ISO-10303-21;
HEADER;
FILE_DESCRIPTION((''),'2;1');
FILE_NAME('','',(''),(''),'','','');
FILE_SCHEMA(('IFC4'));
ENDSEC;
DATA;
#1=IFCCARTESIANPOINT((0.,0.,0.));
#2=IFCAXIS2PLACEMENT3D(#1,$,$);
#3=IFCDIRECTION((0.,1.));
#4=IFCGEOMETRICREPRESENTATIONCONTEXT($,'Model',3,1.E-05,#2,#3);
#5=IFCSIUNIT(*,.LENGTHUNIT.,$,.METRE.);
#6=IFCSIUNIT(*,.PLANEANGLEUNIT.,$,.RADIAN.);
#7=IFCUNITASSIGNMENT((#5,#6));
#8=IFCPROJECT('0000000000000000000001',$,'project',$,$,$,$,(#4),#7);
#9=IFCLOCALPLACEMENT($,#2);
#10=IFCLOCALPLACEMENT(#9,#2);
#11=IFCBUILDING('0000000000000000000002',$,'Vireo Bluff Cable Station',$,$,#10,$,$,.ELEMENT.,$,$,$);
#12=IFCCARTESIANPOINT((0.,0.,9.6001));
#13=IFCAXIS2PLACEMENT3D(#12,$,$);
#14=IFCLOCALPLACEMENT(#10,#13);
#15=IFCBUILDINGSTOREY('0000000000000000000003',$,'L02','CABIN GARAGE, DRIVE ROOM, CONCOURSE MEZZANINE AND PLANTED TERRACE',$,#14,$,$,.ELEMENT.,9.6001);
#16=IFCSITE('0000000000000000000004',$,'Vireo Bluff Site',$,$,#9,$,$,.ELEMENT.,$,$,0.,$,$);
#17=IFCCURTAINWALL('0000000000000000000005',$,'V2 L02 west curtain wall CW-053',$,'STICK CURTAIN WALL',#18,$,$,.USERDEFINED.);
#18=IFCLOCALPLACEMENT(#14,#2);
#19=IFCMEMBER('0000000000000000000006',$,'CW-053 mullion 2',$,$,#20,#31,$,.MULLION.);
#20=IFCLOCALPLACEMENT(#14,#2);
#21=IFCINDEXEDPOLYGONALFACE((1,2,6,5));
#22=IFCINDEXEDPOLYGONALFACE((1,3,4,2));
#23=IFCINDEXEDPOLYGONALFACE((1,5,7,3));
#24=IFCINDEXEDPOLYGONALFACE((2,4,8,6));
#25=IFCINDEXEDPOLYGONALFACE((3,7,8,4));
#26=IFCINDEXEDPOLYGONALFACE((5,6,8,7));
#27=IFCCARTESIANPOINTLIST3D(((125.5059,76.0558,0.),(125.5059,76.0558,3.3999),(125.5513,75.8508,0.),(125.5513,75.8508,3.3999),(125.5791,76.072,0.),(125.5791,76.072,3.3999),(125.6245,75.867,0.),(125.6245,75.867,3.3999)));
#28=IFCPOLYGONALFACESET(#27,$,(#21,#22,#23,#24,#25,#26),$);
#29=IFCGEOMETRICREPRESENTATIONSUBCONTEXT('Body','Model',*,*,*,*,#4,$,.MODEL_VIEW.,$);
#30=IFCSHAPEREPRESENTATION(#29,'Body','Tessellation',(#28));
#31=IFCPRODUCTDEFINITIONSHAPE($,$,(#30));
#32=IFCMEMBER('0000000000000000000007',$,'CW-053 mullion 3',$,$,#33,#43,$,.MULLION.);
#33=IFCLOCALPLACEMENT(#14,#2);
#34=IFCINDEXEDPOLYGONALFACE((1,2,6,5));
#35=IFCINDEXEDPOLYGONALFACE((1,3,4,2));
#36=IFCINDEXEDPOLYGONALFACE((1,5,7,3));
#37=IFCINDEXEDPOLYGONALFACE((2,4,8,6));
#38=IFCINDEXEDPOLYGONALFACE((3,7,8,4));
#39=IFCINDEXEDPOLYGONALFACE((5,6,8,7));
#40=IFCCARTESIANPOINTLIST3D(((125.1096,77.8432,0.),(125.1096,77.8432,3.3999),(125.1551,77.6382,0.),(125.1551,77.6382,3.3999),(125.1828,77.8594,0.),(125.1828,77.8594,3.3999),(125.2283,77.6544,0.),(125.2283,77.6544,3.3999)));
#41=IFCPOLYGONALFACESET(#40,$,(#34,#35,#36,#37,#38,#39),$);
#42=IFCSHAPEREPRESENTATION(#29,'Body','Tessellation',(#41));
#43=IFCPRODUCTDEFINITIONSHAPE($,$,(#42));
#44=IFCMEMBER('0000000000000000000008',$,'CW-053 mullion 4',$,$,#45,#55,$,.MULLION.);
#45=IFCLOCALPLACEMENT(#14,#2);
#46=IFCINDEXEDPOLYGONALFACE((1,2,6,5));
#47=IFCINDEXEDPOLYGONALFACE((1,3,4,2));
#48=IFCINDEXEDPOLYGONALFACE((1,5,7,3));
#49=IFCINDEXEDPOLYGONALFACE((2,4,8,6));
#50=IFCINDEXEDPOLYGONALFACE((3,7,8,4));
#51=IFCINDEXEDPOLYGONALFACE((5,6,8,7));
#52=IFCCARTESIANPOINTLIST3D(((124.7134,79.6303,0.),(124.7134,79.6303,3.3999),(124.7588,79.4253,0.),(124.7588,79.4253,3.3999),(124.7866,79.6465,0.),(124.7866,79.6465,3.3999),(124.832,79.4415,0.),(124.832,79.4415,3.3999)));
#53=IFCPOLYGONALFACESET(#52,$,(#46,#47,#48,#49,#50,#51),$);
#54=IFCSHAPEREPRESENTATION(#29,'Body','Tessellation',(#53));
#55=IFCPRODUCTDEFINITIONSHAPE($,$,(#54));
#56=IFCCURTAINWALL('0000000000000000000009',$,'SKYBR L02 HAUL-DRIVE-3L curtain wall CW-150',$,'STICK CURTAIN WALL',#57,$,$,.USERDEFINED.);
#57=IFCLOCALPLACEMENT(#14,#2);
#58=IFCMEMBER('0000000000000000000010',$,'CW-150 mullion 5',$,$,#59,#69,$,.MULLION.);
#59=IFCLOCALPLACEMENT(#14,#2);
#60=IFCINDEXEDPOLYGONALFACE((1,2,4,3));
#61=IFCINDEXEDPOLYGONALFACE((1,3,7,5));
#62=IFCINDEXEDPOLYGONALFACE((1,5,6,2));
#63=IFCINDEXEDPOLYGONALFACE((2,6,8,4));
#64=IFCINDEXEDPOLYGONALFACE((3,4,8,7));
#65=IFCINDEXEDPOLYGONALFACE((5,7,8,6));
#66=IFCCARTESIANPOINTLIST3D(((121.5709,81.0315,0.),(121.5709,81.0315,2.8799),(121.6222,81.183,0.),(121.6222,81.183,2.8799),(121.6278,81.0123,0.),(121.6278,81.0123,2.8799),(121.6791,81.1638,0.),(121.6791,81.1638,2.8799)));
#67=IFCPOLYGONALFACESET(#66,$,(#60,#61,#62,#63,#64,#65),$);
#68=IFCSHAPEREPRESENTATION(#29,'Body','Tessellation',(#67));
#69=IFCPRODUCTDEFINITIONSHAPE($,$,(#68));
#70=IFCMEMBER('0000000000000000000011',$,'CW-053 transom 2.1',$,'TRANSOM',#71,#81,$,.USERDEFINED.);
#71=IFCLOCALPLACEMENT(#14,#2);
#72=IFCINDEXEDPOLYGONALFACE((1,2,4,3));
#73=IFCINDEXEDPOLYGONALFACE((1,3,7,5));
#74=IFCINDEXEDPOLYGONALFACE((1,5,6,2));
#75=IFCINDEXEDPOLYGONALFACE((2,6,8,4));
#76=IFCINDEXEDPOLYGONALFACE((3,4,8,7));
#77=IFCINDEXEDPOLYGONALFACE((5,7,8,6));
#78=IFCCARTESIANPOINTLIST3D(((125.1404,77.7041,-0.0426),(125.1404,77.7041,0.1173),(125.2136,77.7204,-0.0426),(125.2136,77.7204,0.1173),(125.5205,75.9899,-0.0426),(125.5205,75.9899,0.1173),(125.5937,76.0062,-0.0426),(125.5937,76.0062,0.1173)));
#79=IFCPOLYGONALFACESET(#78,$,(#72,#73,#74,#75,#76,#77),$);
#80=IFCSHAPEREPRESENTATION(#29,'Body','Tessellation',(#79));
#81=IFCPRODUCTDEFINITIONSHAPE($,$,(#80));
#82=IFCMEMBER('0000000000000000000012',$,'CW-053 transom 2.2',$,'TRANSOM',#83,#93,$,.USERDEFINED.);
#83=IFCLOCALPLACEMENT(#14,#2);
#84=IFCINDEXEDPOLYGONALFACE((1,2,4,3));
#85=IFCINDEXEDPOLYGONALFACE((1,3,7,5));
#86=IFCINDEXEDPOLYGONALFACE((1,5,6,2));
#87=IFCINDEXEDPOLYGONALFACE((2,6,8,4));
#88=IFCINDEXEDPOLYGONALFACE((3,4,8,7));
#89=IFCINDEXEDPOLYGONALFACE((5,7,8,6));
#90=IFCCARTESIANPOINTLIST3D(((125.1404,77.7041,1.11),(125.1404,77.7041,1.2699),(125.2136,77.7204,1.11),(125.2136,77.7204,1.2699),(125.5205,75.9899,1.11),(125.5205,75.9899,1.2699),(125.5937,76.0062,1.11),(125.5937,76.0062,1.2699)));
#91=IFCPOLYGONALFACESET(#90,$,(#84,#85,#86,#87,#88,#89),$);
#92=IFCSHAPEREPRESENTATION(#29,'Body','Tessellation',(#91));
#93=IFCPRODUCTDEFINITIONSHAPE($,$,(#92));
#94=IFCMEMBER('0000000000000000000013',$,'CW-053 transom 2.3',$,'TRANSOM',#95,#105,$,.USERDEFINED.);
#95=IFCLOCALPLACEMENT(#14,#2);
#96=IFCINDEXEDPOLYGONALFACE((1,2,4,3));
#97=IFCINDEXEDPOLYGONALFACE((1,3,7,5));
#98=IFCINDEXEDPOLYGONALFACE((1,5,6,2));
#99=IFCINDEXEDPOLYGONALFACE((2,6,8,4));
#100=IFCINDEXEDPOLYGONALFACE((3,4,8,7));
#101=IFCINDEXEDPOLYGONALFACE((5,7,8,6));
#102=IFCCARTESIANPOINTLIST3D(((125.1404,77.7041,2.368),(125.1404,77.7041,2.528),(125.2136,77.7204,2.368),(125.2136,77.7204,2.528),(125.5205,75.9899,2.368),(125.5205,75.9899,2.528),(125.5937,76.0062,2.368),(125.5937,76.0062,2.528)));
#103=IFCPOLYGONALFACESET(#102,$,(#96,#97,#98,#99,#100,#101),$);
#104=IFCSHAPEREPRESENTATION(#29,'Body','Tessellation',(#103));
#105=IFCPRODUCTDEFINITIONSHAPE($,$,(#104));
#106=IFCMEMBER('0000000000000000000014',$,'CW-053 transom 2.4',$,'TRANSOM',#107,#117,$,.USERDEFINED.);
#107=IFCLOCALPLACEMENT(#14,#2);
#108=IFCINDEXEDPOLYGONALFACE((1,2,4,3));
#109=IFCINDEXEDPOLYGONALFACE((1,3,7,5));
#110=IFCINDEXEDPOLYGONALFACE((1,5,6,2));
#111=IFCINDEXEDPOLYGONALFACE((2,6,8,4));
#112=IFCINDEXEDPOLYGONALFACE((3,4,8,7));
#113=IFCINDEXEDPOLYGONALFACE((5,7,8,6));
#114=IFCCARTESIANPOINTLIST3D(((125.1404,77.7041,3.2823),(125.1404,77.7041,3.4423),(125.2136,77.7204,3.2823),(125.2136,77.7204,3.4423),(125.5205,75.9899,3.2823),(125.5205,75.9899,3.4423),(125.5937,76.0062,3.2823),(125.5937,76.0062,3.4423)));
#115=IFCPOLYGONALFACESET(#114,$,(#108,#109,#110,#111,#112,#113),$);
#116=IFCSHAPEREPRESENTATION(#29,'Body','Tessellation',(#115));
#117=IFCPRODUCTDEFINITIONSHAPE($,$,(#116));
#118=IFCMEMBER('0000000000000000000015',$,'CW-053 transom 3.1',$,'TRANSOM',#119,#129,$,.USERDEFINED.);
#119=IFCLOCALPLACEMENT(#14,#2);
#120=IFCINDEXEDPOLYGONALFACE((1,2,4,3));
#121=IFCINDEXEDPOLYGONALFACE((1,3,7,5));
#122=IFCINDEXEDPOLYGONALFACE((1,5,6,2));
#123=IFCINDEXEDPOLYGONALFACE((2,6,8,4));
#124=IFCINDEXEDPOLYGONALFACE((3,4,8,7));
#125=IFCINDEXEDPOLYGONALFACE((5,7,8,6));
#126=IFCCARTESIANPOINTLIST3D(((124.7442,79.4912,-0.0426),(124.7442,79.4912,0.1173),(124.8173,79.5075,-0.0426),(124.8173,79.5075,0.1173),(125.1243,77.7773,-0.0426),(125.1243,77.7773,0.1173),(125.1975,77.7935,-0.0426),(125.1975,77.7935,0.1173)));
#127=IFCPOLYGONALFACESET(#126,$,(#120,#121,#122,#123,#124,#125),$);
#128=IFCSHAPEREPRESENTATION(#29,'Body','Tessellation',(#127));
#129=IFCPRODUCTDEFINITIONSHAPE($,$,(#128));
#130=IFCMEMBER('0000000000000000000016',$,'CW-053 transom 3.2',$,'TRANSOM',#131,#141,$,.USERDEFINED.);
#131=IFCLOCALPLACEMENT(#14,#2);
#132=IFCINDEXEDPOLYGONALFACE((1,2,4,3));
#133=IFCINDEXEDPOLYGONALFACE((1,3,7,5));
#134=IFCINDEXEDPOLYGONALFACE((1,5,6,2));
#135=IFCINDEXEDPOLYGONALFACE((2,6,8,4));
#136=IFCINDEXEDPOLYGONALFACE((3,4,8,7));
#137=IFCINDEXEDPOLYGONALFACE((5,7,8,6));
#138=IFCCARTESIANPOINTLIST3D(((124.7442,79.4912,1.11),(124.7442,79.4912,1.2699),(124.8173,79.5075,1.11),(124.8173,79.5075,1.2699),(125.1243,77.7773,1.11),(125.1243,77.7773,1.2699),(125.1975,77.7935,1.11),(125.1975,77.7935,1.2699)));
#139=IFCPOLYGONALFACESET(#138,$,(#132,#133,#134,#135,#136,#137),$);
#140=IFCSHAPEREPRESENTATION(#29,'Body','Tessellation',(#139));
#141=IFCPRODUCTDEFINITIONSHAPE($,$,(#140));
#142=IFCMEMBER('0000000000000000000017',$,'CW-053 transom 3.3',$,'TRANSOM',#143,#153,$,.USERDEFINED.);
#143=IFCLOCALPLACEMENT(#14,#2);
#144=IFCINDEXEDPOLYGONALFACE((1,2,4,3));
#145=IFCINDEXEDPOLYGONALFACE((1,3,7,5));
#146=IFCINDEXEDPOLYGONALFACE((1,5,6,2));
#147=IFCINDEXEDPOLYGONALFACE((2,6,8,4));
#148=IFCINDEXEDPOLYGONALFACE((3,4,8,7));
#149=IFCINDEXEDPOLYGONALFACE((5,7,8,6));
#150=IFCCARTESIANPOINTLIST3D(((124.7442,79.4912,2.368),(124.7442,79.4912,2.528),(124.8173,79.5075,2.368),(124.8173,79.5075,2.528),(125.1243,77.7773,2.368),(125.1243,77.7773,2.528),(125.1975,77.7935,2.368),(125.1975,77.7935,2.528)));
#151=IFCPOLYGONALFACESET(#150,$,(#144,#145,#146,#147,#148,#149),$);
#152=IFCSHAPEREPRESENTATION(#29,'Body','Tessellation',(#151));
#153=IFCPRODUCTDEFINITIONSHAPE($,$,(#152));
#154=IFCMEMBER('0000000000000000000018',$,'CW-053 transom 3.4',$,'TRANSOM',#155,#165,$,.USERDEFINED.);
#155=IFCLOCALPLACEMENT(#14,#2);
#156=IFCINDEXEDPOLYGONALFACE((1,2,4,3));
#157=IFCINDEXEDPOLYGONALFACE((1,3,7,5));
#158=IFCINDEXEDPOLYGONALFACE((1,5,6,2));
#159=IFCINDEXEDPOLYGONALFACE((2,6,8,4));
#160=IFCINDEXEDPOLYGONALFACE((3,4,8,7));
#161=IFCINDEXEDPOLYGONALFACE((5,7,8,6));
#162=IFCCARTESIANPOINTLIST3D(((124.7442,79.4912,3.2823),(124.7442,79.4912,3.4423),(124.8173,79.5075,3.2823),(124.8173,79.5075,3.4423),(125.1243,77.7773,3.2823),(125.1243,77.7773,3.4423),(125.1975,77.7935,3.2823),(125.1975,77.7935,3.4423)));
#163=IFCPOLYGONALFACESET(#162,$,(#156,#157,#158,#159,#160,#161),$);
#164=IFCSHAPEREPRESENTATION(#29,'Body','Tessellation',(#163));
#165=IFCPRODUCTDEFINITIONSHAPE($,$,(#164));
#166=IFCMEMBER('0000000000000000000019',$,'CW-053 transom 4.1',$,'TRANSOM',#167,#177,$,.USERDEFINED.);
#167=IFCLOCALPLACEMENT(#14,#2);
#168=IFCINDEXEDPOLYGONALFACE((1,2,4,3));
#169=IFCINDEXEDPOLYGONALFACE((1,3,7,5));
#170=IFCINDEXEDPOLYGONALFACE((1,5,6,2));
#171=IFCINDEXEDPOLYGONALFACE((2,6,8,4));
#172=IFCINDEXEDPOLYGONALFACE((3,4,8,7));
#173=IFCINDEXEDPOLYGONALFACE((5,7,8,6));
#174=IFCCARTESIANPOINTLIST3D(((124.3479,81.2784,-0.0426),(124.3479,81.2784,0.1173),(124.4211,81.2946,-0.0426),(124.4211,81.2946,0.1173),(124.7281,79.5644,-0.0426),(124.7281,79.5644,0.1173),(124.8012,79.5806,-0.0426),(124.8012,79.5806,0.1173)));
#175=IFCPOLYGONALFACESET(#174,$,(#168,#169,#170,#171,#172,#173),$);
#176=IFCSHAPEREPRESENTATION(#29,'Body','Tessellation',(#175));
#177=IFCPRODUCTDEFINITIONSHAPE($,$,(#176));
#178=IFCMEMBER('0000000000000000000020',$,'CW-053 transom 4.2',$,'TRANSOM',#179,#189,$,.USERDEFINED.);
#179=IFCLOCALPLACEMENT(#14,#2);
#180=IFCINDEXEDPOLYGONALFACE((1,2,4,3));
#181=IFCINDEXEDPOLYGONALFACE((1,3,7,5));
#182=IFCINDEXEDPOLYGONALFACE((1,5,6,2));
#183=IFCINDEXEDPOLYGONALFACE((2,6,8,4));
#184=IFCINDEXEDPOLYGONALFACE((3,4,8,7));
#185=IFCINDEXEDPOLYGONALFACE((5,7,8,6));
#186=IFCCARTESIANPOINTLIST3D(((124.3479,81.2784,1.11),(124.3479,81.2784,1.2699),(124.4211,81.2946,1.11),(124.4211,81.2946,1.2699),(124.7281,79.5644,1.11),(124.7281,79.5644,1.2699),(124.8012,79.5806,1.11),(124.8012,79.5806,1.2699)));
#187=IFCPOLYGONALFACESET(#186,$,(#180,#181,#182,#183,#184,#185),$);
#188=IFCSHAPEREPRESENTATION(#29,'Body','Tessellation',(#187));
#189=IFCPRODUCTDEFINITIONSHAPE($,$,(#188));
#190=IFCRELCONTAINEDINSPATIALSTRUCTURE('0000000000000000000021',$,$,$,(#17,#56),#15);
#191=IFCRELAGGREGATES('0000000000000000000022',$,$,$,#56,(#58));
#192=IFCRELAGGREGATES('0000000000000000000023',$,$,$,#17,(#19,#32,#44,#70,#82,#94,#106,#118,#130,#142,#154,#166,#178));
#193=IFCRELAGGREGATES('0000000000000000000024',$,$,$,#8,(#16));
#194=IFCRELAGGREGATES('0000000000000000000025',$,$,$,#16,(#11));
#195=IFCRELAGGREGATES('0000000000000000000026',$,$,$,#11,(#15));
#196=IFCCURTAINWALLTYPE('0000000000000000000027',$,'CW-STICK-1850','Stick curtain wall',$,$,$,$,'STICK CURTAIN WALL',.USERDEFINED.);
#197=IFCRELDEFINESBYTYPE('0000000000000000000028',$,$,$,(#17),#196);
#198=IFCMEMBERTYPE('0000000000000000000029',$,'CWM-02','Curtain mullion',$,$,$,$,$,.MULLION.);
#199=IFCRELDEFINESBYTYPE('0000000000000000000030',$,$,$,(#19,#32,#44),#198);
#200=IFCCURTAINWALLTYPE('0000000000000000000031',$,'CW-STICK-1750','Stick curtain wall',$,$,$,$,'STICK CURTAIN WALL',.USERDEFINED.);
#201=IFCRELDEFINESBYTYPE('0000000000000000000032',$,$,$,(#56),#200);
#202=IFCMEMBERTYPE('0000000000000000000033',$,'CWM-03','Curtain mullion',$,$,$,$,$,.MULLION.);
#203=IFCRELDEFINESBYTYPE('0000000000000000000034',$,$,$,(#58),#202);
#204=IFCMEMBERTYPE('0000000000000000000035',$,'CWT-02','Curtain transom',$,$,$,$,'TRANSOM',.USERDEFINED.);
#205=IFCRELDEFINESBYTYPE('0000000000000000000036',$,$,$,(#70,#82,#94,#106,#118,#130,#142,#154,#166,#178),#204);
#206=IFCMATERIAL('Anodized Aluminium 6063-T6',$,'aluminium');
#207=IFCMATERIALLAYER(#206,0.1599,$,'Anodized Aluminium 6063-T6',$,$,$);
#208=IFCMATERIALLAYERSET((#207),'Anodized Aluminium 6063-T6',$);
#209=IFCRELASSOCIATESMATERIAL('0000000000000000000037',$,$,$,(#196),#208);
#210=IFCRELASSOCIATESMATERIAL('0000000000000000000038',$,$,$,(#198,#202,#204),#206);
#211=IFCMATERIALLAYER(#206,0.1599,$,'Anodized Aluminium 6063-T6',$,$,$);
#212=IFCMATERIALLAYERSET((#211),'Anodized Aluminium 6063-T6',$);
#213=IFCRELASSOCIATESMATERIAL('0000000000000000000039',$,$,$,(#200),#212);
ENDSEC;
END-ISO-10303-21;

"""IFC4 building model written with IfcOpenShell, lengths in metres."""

from ifc_helpers import new_model, si_unit, direction, frame, origin, origin_2d, place, context, subcontext, project, spatial, rectangle, extrude, material, layer, layer_set, material_profile, profile_set, type_object, element, aggregate, save


model = new_model("IFC4")

# Units and contexts
model_context = context("Model", 3, precision=1e-05, world=origin(), true_north=direction((0.0, 1.0)))
body_context = subcontext(model_context, "Body", "Model", "MODEL_VIEW")
ifc_project = project(units=[si_unit("LENGTHUNIT", "METRE"), si_unit("PLANEANGLEUNIT", "RADIAN")], contexts=[model_context])

# Site, building, storey
site_placement = place(None, origin())
site = spatial("IfcSite", under=ifc_project, at=site_placement, Name="Vireo Bluff Site", CompositionType="ELEMENT", RefElevation=0.0)
building_placement = place(site_placement, origin())
building = spatial("IfcBuilding", under=site, at=building_placement, Name="Vireo Bluff Cable Station", CompositionType="ELEMENT")
storey_placement = place(building_placement, frame((0.0, 0.0, 9.6001)))
storey = spatial("IfcBuildingStorey", under=building, at=storey_placement, Name="L02", Description="CABIN GARAGE, DRIVE ROOM, CONCOURSE MEZZANINE AND PLANTED TERRACE", CompositionType="ELEMENT", Elevation=9.6001)

# Curtain wall, members
ifc_material_1 = material(Name="Anodized Aluminium 6063-T6", Category="aluminium")
ifc_layer_1 = layer(ifc_material_1, 0.1599, Name="Anodized Aluminium 6063-T6")
ifc_layer_set_1 = layer_set([ifc_layer_1], Name="Anodized Aluminium 6063-T6")
curtain_wall_type_1 = type_object("IfcCurtainWallType", Name="CW-STICK-1850", Description="Stick curtain wall", ElementType="STICK CURTAIN WALL", PredefinedType="USERDEFINED", material=ifc_layer_set_1)
curtain_wall_1_placement = place(storey_placement, origin())
curtain_wall_1 = element("IfcCurtainWall", 1, at=curtain_wall_1_placement, inside=storey, type_object=curtain_wall_type_1, Name="V2 L02 west curtain wall CW-053", ObjectType="STICK CURTAIN WALL", PredefinedType="USERDEFINED")
ifc_material_profile_1 = material_profile(ifc_material_1, rectangle(XDim=0.075, YDim=0.21, at=origin_2d()), Name="ALU-M-75X210")
ifc_profile_set_1 = profile_set([ifc_material_profile_1], Name="Anodized Aluminium 6063-T6")
member_type_1 = type_object("IfcMemberType", Name="CWM-02", Description="Curtain mullion", PredefinedType="MULLION", material=ifc_profile_set_1)
member_1_placement = place(storey_placement, frame((125.5652, 75.9614, 0.0), z_axis=(0.0, 0.0, 1.0), x_axis=(-0.976296, -0.21644, 0.0)))
member_1 = element("IfcMember", 2, at=member_1_placement, type_object=member_type_1, Name="CW-053 mullion 2", PredefinedType="MULLION", context=body_context, shape_type="SweptSolid", body=[
    extrude(rectangle(XDim=0.075, YDim=0.21, at=origin_2d()), origin(), (0.0, 0.0, 1.0), 3.3999),
])
member_2_placement = place(storey_placement, frame((125.1689, 77.7488, 0.0), z_axis=(0.0, 0.0, 1.0), x_axis=(-0.976296, -0.21644, 0.0)))
member_2 = element("IfcMember", 3, at=member_2_placement, type_object=member_type_1, Name="CW-053 mullion 3", PredefinedType="MULLION", context=body_context, shape_type="SweptSolid", body=[
    extrude(rectangle(XDim=0.075, YDim=0.21, at=origin_2d()), origin(), (0.0, 0.0, 1.0), 3.3999),
])
member_3_placement = place(storey_placement, frame((124.7727, 79.5359, 0.0), z_axis=(0.0, 0.0, 1.0), x_axis=(-0.976296, -0.21644, 0.0)))
member_3 = element("IfcMember", 4, at=member_3_placement, type_object=member_type_1, Name="CW-053 mullion 4", PredefinedType="MULLION", context=body_context, shape_type="SweptSolid", body=[
    extrude(rectangle(XDim=0.075, YDim=0.21, at=origin_2d()), origin(), (0.0, 0.0, 1.0), 3.3999),
])

# Curtain wall, member
ifc_layer_2 = layer(ifc_material_1, 0.1599, Name="Anodized Aluminium 6063-T6")
ifc_layer_set_2 = layer_set([ifc_layer_2], Name="Anodized Aluminium 6063-T6")
curtain_wall_type_2 = type_object("IfcCurtainWallType", Name="CW-STICK-1750", Description="Stick curtain wall", ElementType="STICK CURTAIN WALL", PredefinedType="USERDEFINED", material=ifc_layer_set_2)
curtain_wall_2_placement = place(storey_placement, origin())
curtain_wall_2 = element("IfcCurtainWall", 5, at=curtain_wall_2_placement, inside=storey, type_object=curtain_wall_type_2, Name="SKYBR L02 HAUL-DRIVE-3L curtain wall CW-150", ObjectType="STICK CURTAIN WALL", PredefinedType="USERDEFINED")
ifc_material_profile_2 = material_profile(ifc_material_1, rectangle(XDim=0.0601, YDim=0.1599, at=origin_2d()), Name="ALU-M-60X160")
ifc_profile_set_2 = profile_set([ifc_material_profile_2], Name="Anodized Aluminium 6063-T6")
member_type_2 = type_object("IfcMemberType", Name="CWM-03", Description="Curtain mullion", PredefinedType="MULLION", material=ifc_profile_set_2)
member_4_placement = place(storey_placement, frame((121.625, 81.0977, 0.0), z_axis=(0.0, 0.0, 1.0), x_axis=(-0.947298, 0.320354, 0.0)))
member_4 = element("IfcMember", 6, at=member_4_placement, type_object=member_type_2, Name="CW-150 mullion 5", PredefinedType="MULLION", context=body_context, shape_type="SweptSolid", body=[
    extrude(rectangle(XDim=0.0601, YDim=0.1599, at=origin_2d()), origin(), (0.0, 0.0, 1.0), 2.8799),
])
aggregate(curtain_wall_2, [member_4])

# Members
ifc_material_profile_3 = material_profile(ifc_material_1, rectangle(XDim=0.075, YDim=0.1599, at=origin_2d()), Name="ALU-T-75X160")
ifc_profile_set_3 = profile_set([ifc_material_profile_3], Name="Anodized Aluminium 6063-T6")
member_type_3 = type_object("IfcMemberType", Name="CWT-02", Description="Curtain transom", ElementType="TRANSOM", PredefinedType="USERDEFINED", material=ifc_profile_set_3)
member_5_placement = place(storey_placement, frame((125.5571, 75.998, 0.0374), z_axis=(-0.216503, 0.976282, 0.0), x_axis=(-0.976282, -0.216503, 0.0)))
member_5 = element("IfcMember", 7, at=member_5_placement, type_object=member_type_3, Name="CW-053 transom 2.1", ObjectType="TRANSOM", PredefinedType="USERDEFINED", context=body_context, shape_type="SweptSolid", body=[
    extrude(rectangle(XDim=0.075, YDim=0.1599, at=origin_2d()), origin(), (0.0, 0.0, 1.0), 1.7559),
])
member_6_placement = place(storey_placement, frame((125.5571, 75.998, 1.1899), z_axis=(-0.216503, 0.976282, 0.0), x_axis=(-0.976282, -0.216503, 0.0)))
member_6 = element("IfcMember", 8, at=member_6_placement, type_object=member_type_3, Name="CW-053 transom 2.2", ObjectType="TRANSOM", PredefinedType="USERDEFINED", context=body_context, shape_type="SweptSolid", body=[
    extrude(rectangle(XDim=0.075, YDim=0.1599, at=origin_2d()), origin(), (0.0, 0.0, 1.0), 1.7559),
])
member_7_placement = place(storey_placement, frame((125.5571, 75.998, 2.448), z_axis=(-0.216503, 0.976282, 0.0), x_axis=(-0.976282, -0.216503, 0.0)))
member_7 = element("IfcMember", 9, at=member_7_placement, type_object=member_type_3, Name="CW-053 transom 2.3", ObjectType="TRANSOM", PredefinedType="USERDEFINED", context=body_context, shape_type="SweptSolid", body=[
    extrude(rectangle(XDim=0.075, YDim=0.1599, at=origin_2d()), origin(), (0.0, 0.0, 1.0), 1.7559),
])
member_8_placement = place(storey_placement, frame((125.5571, 75.998, 3.3623), z_axis=(-0.216503, 0.976282, 0.0), x_axis=(-0.976282, -0.216503, 0.0)))
member_8 = element("IfcMember", 10, at=member_8_placement, type_object=member_type_3, Name="CW-053 transom 2.4", ObjectType="TRANSOM", PredefinedType="USERDEFINED", context=body_context, shape_type="SweptSolid", body=[
    extrude(rectangle(XDim=0.075, YDim=0.1599, at=origin_2d()), origin(), (0.0, 0.0, 1.0), 1.7559),
])
member_9_placement = place(storey_placement, frame((125.1609, 77.7854, 0.0374), z_axis=(-0.216533, 0.976275, 0.0), x_axis=(-0.976275, -0.216533, 0.0)))
member_9 = element("IfcMember", 11, at=member_9_placement, type_object=member_type_3, Name="CW-053 transom 3.1", ObjectType="TRANSOM", PredefinedType="USERDEFINED", context=body_context, shape_type="SweptSolid", body=[
    extrude(rectangle(XDim=0.075, YDim=0.1599, at=origin_2d()), origin(), (0.0, 0.0, 1.0), 1.7556),
])
member_10_placement = place(storey_placement, frame((125.1609, 77.7854, 1.1899), z_axis=(-0.216533, 0.976275, 0.0), x_axis=(-0.976275, -0.216533, 0.0)))
member_10 = element("IfcMember", 12, at=member_10_placement, type_object=member_type_3, Name="CW-053 transom 3.2", ObjectType="TRANSOM", PredefinedType="USERDEFINED", context=body_context, shape_type="SweptSolid", body=[
    extrude(rectangle(XDim=0.075, YDim=0.1599, at=origin_2d()), origin(), (0.0, 0.0, 1.0), 1.7556),
])
member_11_placement = place(storey_placement, frame((125.1609, 77.7854, 2.448), z_axis=(-0.216533, 0.976275, 0.0), x_axis=(-0.976275, -0.216533, 0.0)))
member_11 = element("IfcMember", 13, at=member_11_placement, type_object=member_type_3, Name="CW-053 transom 3.3", ObjectType="TRANSOM", PredefinedType="USERDEFINED", context=body_context, shape_type="SweptSolid", body=[
    extrude(rectangle(XDim=0.075, YDim=0.1599, at=origin_2d()), origin(), (0.0, 0.0, 1.0), 1.7556),
])
member_12_placement = place(storey_placement, frame((125.1609, 77.7854, 3.3623), z_axis=(-0.216533, 0.976275, 0.0), x_axis=(-0.976275, -0.216533, 0.0)))
member_12 = element("IfcMember", 14, at=member_12_placement, type_object=member_type_3, Name="CW-053 transom 3.4", ObjectType="TRANSOM", PredefinedType="USERDEFINED", context=body_context, shape_type="SweptSolid", body=[
    extrude(rectangle(XDim=0.075, YDim=0.1599, at=origin_2d()), origin(), (0.0, 0.0, 1.0), 1.7556),
])
member_13_placement = place(storey_placement, frame((124.7646, 79.5725, 0.0374), z_axis=(-0.216533, 0.976275, 0.0), x_axis=(-0.976275, -0.216533, 0.0)))
member_13 = element("IfcMember", 15, at=member_13_placement, type_object=member_type_3, Name="CW-053 transom 4.1", ObjectType="TRANSOM", PredefinedType="USERDEFINED", context=body_context, shape_type="SweptSolid", body=[
    extrude(rectangle(XDim=0.075, YDim=0.1599, at=origin_2d()), origin(), (0.0, 0.0, 1.0), 1.7556),
])
member_14_placement = place(storey_placement, frame((124.7646, 79.5725, 1.1899), z_axis=(-0.216533, 0.976275, 0.0), x_axis=(-0.976275, -0.216533, 0.0)))
member_14 = element("IfcMember", 16, at=member_14_placement, type_object=member_type_3, Name="CW-053 transom 4.2", ObjectType="TRANSOM", PredefinedType="USERDEFINED", context=body_context, shape_type="SweptSolid", body=[
    extrude(rectangle(XDim=0.075, YDim=0.1599, at=origin_2d()), origin(), (0.0, 0.0, 1.0), 1.7556),
])

aggregate(curtain_wall_1, [member_1, member_2, member_3, member_5, member_6, member_7, member_8, member_9, member_10, member_11, member_12, member_13, member_14])

save(model, "model.ifc")
